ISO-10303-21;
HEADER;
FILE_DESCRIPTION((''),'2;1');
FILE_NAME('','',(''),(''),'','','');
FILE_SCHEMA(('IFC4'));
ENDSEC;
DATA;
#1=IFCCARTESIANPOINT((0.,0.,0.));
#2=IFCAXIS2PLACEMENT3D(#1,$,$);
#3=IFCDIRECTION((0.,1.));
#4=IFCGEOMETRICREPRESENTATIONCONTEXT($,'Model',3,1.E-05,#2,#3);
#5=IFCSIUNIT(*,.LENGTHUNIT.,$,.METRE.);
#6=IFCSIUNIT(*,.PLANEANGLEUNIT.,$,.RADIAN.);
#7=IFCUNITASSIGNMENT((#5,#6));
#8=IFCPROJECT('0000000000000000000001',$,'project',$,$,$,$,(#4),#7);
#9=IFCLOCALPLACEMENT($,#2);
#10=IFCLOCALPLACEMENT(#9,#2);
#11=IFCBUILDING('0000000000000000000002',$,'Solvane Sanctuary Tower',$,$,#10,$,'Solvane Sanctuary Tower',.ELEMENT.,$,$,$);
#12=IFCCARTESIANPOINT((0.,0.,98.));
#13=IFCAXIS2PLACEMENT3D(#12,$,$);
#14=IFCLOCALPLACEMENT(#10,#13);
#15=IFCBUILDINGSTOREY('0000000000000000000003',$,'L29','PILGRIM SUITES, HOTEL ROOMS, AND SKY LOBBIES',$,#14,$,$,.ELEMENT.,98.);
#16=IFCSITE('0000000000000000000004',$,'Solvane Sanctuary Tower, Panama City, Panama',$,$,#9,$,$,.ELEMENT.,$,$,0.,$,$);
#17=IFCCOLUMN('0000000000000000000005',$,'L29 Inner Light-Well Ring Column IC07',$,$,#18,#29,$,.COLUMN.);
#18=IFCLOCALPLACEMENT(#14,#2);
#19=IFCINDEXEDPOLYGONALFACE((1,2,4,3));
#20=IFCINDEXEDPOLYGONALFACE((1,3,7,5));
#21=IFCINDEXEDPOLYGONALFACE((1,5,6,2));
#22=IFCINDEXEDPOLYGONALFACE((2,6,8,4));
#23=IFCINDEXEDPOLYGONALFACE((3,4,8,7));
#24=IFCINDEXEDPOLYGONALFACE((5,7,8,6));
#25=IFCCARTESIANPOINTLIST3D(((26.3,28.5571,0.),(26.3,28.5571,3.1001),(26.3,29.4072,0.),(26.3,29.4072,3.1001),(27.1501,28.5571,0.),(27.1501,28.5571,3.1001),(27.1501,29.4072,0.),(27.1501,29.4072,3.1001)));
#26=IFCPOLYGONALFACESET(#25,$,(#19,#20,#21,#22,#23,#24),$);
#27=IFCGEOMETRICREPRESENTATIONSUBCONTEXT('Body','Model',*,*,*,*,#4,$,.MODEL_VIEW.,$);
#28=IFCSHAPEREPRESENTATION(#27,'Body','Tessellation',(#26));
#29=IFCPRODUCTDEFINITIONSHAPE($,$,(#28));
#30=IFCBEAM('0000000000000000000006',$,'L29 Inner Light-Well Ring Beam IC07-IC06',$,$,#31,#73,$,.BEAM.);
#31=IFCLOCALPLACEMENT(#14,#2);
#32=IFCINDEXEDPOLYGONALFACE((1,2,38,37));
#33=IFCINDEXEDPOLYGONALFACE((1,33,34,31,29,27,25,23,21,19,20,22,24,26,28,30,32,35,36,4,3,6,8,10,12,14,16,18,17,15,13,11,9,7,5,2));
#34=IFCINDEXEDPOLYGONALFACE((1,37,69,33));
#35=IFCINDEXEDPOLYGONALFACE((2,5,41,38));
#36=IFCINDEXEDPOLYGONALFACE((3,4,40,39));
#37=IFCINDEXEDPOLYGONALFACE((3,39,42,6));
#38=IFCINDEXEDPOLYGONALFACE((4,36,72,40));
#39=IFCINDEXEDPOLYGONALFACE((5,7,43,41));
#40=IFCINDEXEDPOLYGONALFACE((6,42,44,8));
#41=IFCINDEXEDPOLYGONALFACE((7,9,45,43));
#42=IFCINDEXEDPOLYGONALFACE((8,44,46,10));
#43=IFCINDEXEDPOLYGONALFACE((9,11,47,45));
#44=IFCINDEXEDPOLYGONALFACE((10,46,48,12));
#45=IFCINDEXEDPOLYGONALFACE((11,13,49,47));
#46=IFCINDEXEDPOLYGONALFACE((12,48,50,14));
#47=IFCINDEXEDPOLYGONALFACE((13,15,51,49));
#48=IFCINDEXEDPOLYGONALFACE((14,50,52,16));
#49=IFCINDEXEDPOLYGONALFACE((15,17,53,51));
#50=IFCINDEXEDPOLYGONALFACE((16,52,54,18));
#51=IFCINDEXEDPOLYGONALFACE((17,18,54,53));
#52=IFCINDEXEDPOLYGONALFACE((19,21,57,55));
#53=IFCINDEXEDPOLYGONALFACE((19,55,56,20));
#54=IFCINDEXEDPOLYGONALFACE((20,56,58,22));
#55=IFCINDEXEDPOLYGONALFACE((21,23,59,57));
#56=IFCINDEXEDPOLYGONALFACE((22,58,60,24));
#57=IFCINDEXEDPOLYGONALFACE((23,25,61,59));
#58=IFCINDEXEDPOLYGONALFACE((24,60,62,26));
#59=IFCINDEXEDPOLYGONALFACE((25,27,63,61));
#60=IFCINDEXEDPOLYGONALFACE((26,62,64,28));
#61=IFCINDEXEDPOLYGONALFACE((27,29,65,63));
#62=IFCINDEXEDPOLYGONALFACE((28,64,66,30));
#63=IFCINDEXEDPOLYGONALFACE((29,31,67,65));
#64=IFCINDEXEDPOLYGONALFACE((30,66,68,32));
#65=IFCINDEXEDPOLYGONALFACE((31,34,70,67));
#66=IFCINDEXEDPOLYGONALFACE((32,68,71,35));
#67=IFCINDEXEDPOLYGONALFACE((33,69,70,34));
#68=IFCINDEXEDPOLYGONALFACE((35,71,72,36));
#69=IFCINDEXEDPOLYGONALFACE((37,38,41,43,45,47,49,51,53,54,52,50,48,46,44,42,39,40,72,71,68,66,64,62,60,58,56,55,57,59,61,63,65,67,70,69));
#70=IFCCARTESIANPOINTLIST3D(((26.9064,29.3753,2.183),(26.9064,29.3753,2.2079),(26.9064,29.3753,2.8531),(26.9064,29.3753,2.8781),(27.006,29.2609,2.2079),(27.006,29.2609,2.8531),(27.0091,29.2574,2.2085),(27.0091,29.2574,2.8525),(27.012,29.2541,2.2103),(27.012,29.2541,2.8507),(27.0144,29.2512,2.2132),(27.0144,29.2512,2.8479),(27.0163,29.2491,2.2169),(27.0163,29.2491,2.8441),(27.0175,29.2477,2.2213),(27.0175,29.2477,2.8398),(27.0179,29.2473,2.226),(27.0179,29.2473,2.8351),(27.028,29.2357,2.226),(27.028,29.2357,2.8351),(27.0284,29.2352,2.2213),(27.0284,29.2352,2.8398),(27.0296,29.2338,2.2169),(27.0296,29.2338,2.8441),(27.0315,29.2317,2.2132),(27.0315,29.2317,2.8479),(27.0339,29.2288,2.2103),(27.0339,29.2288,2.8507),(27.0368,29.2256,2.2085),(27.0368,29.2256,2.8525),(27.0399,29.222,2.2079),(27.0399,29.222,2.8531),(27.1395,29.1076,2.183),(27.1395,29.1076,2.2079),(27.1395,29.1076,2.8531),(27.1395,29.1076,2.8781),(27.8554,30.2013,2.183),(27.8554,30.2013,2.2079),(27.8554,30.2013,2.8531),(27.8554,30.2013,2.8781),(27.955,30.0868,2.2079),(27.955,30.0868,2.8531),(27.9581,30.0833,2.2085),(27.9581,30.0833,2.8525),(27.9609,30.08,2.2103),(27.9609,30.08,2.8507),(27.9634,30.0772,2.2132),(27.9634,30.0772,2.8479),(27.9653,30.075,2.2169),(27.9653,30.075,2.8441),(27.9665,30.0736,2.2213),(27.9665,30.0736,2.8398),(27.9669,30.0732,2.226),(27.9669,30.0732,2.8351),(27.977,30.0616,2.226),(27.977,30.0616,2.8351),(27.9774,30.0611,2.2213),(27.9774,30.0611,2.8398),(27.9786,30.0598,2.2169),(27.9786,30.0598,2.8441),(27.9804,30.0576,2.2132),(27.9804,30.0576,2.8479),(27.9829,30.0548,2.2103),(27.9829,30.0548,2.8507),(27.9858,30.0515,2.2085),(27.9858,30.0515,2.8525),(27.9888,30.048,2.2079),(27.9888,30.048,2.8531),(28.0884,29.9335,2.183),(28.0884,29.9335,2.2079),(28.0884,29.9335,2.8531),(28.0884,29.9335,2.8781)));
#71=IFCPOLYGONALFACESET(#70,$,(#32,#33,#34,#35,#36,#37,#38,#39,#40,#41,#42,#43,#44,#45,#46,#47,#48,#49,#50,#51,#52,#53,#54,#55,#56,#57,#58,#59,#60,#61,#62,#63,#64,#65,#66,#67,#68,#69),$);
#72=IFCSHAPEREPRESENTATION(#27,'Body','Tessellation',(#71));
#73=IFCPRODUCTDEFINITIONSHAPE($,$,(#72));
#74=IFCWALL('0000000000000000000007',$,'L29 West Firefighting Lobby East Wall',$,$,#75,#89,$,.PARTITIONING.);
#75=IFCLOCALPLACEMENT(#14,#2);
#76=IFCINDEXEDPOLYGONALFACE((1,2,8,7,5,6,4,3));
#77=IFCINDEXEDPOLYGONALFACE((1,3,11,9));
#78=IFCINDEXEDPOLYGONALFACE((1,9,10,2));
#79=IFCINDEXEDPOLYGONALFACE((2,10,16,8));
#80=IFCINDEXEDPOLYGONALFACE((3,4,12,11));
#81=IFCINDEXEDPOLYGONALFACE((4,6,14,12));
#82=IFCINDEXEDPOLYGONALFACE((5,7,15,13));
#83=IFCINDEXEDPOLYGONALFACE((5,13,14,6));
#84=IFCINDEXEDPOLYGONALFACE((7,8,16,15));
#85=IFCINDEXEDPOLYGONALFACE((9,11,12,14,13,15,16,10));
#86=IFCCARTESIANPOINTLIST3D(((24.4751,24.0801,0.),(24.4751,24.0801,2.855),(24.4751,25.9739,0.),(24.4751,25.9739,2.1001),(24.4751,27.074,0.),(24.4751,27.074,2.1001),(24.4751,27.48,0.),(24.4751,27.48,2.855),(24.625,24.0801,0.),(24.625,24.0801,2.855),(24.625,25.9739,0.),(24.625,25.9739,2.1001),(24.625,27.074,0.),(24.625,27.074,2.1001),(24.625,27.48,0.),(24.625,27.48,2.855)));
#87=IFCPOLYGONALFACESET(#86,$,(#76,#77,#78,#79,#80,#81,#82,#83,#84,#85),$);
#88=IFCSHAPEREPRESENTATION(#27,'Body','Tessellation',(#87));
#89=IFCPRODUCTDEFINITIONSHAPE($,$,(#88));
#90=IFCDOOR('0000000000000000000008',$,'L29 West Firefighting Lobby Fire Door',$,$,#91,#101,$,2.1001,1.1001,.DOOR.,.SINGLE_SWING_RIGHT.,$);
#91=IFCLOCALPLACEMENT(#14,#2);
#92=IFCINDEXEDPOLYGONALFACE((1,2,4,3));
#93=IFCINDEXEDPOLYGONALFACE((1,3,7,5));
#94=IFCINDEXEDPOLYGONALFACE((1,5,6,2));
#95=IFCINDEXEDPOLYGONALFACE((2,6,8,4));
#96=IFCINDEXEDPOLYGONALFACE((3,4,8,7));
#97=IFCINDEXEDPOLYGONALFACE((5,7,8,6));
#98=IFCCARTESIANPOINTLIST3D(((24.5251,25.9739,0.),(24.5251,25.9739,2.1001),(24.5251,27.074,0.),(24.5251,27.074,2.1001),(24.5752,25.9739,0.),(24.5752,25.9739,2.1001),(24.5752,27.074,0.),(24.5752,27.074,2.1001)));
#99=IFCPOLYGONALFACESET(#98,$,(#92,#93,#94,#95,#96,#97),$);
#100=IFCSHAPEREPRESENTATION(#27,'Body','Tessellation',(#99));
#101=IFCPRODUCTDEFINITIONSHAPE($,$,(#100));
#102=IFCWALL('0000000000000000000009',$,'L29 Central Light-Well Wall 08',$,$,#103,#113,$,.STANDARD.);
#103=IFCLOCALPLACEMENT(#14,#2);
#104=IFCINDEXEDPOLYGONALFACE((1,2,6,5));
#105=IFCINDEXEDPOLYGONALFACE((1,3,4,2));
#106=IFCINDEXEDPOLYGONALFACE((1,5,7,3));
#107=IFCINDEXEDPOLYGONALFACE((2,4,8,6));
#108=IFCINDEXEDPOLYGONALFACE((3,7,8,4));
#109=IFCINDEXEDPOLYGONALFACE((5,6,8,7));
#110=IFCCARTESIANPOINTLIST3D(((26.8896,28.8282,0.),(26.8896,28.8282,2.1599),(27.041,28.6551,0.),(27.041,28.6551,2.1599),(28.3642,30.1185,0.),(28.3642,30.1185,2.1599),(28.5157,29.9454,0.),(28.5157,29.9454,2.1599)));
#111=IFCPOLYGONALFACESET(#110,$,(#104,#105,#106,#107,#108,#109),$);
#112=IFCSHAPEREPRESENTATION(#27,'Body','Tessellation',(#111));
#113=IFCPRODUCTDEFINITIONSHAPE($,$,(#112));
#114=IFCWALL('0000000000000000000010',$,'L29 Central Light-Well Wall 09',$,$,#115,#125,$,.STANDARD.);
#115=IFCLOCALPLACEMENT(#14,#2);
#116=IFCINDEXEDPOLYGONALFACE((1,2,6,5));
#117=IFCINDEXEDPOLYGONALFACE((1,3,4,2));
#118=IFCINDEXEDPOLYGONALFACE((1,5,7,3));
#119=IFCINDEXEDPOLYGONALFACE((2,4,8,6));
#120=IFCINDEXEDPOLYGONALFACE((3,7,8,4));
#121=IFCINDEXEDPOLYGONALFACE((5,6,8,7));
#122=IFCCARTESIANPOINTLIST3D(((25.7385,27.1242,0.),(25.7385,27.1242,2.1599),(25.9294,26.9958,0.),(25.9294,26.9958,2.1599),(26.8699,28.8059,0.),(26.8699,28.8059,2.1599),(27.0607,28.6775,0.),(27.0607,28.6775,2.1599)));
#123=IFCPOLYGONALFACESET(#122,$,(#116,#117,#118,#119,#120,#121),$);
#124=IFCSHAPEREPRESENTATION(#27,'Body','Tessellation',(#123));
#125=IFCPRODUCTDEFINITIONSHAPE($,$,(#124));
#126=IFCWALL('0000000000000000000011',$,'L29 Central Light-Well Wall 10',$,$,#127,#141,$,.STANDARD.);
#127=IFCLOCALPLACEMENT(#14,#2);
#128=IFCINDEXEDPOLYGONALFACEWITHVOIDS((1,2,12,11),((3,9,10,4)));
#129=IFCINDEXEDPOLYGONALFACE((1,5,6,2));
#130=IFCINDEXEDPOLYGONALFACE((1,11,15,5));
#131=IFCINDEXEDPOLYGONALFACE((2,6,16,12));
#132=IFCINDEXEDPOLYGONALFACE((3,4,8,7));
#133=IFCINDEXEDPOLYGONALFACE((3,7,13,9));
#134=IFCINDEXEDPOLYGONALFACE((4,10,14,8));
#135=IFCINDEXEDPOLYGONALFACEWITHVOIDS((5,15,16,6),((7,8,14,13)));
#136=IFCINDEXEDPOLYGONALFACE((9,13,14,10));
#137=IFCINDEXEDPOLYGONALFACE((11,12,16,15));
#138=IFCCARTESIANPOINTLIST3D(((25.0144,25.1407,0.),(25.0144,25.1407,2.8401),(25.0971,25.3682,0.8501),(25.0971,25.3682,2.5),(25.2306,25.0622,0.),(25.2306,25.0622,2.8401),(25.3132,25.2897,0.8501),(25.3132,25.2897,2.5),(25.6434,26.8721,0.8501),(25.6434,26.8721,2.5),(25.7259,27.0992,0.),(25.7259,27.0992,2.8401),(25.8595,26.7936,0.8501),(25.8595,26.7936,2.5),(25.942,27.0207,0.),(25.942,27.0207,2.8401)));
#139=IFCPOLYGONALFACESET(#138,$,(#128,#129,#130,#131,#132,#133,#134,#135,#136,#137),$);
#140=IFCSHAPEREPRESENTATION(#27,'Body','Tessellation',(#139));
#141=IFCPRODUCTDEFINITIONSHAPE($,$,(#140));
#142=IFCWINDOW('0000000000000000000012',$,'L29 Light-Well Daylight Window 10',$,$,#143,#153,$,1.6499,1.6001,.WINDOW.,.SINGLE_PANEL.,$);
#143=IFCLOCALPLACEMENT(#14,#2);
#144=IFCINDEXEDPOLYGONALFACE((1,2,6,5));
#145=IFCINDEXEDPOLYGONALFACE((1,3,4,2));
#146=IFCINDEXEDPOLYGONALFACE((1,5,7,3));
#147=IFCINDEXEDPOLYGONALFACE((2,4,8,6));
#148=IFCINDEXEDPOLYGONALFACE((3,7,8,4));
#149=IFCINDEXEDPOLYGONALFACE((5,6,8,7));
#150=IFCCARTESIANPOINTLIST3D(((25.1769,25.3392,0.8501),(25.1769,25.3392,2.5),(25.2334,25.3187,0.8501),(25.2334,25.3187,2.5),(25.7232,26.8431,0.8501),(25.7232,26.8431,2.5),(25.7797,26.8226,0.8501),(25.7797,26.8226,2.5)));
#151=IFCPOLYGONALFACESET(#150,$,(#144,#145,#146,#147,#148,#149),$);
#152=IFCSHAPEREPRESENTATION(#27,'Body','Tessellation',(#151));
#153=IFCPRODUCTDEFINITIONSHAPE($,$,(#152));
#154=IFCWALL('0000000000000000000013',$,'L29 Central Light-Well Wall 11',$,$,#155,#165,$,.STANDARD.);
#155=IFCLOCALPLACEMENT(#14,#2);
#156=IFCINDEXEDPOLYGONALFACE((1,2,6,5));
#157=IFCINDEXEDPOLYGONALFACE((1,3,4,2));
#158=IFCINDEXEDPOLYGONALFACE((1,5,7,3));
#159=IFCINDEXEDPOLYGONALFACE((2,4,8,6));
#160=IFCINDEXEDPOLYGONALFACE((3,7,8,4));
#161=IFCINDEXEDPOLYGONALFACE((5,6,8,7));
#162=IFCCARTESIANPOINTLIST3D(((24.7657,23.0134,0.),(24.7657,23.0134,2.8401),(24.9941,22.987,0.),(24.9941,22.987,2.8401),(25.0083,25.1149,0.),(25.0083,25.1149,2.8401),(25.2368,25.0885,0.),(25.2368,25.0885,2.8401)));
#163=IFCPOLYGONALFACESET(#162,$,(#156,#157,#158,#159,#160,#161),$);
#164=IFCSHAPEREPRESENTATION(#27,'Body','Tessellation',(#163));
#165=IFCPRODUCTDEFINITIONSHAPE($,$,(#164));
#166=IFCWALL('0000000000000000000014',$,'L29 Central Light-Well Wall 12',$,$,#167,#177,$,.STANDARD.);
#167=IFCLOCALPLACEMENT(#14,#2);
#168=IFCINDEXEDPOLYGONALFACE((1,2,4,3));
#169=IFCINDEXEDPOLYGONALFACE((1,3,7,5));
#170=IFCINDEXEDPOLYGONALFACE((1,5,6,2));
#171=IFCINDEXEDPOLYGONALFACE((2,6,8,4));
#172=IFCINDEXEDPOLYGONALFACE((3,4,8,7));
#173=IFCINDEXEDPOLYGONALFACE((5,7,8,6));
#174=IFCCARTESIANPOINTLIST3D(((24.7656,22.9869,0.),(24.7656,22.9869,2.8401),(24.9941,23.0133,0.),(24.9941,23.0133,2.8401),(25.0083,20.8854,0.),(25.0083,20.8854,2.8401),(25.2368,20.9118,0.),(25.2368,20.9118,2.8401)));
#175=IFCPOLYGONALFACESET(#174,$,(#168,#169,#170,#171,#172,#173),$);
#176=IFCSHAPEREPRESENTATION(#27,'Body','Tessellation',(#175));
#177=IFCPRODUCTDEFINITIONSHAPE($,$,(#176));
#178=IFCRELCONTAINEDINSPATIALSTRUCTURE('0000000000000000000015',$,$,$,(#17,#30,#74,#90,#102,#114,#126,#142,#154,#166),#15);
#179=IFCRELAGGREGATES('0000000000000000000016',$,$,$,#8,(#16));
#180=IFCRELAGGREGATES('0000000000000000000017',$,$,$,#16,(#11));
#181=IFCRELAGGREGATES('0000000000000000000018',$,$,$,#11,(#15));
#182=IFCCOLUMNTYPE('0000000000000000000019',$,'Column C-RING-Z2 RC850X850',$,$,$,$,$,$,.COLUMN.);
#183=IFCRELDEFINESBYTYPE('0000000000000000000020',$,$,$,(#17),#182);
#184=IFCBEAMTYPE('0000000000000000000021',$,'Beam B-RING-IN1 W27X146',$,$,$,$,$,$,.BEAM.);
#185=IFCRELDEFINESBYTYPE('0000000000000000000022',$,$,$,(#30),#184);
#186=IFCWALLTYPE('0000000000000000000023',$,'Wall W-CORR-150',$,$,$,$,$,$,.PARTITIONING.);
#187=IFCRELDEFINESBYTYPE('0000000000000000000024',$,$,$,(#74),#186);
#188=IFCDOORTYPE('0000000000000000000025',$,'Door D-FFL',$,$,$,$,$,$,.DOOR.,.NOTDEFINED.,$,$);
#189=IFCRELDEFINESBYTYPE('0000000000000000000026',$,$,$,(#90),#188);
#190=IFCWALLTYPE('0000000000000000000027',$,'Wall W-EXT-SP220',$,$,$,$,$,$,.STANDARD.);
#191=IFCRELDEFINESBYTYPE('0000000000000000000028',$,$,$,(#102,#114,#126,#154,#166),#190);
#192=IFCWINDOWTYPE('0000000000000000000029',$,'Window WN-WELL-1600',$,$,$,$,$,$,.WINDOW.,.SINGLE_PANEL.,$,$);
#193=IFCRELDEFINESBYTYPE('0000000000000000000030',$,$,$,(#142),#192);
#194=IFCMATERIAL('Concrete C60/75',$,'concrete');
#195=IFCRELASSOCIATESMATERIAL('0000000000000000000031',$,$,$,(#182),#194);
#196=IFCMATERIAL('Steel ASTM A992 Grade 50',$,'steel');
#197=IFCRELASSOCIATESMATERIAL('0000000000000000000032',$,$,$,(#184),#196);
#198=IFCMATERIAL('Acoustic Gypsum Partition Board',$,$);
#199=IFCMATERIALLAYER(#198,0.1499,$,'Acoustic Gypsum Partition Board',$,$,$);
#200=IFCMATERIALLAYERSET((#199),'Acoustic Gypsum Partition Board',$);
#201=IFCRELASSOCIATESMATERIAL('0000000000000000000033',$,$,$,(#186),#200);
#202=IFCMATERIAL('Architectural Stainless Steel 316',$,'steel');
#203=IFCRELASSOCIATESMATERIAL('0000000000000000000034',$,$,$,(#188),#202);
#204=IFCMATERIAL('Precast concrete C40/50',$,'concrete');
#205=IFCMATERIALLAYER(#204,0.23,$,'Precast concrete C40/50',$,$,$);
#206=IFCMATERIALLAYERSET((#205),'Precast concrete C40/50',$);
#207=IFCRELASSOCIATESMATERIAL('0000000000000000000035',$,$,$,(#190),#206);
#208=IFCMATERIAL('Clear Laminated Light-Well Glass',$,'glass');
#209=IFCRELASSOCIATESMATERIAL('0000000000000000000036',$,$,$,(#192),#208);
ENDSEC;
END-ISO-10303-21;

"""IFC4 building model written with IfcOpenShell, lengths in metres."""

from ifc_helpers import new_model, si_unit, direction, frame, frame_2d, origin, origin_2d, place, context, subcontext, project, spatial, rectangle, i_section, extrude, material, layer, layer_set, material_profile, profile_set, type_object, element, fill, save


model = new_model("IFC4")

# Units and contexts
model_context = context("Model", 3, precision=1e-05, world=origin(), true_north=direction((0.0, 1.0)))
body_context = subcontext(model_context, "Body", "Model", "MODEL_VIEW")
ifc_project = project(units=[si_unit("LENGTHUNIT", "METRE"), si_unit("PLANEANGLEUNIT", "RADIAN")], contexts=[model_context])

# Site, building, storey
site_placement = place(None, origin())
site = spatial("IfcSite", under=ifc_project, at=site_placement, Name="Solvane Sanctuary Tower, Panama City, Panama", CompositionType="ELEMENT", RefElevation=0.0)
building_placement = place(site_placement, origin())
building = spatial("IfcBuilding", under=site, at=building_placement, Name="Solvane Sanctuary Tower", LongName="Solvane Sanctuary Tower", CompositionType="ELEMENT")
storey_placement = place(building_placement, frame((0.0, 0.0, 98.0)))
storey = spatial("IfcBuildingStorey", under=building, at=storey_placement, Name="L29", Description="PILGRIM SUITES, HOTEL ROOMS, AND SKY LOBBIES", CompositionType="ELEMENT", Elevation=98.0)

# Column
ifc_material_1 = material(Name="Concrete C60/75", Category="concrete")
ifc_material_profile_1 = material_profile(ifc_material_1, rectangle(XDim=0.8501, YDim=0.8501, at=origin_2d()), Name="RC850X850")
ifc_profile_set_1 = profile_set([ifc_material_profile_1], Name="Concrete C60/75")
column_type = type_object("IfcColumnType", Name="Column C-RING-Z2 RC850X850", PredefinedType="COLUMN", material=ifc_profile_set_1)
column_placement = place(storey_placement, frame((26.7251, 28.9822, 0.0), z_axis=(0.0, 0.0, 1.0), x_axis=(1.0, 0.0, 0.0)))
element("IfcColumn", 1, at=column_placement, inside=storey, type_object=column_type, Name="L29 Inner Light-Well Ring Column IC07", PredefinedType="COLUMN", context=body_context, shape_type="SweptSolid", body=[
    extrude(rectangle(XDim=0.8501, YDim=0.8501, at=origin_2d()), origin(), (0.0, 0.0, 1.0), 3.1001),
])

# Beam
ifc_material_2 = material(Name="Steel ASTM A992 Grade 50", Category="steel")
ifc_material_profile_2 = material_profile(ifc_material_2, i_section(OverallWidth=0.355, OverallDepth=0.6951, WebThickness=0.0154, FlangeThickness=0.0249, FilletRadius=0.0181, at=origin_2d()), Name="W27X146")
ifc_profile_set_2 = profile_set([ifc_material_profile_2], Name="Steel ASTM A992 Grade 50")
beam_type = type_object("IfcBeamType", Name="Beam B-RING-IN1 W27X146", PredefinedType="BEAM", material=ifc_profile_set_2)
beam_placement = place(storey_placement, frame((27.0229, 29.2415, 2.5305), z_axis=(0.754317, 0.65651, 0.0), x_axis=(-0.65651, 0.754317, 0.0)))
element("IfcBeam", 2, at=beam_placement, inside=storey, type_object=beam_type, Name="L29 Inner Light-Well Ring Beam IC07-IC06", PredefinedType="BEAM", context=body_context, shape_type="SweptSolid", body=[
    extrude(i_section(OverallWidth=0.355, OverallDepth=0.6951, WebThickness=0.0154, FlangeThickness=0.0249, FilletRadius=0.0181, at=origin_2d()), origin(), (0.0, 0.0, 1.0), 1.2581),
])

# Wall, opening, door
ifc_material_3 = material(Name="Acoustic Gypsum Partition Board")
ifc_layer_1 = layer(ifc_material_3, 0.1499, Name="Acoustic Gypsum Partition Board")
ifc_layer_set_1 = layer_set([ifc_layer_1], Name="Acoustic Gypsum Partition Board")
wall_type_1 = type_object("IfcWallType", Name="Wall W-CORR-150", PredefinedType="PARTITIONING", material=ifc_layer_set_1)
wall_1_placement = place(storey_placement, frame((24.55, 24.0801, 0.0), z_axis=(0.0, 0.0, 1.0), x_axis=(0.0, 1.0, 0.0)))
wall_1 = element("IfcWall", 3, at=wall_1_placement, inside=storey, type_object=wall_type_1, Name="L29 West Firefighting Lobby East Wall", PredefinedType="PARTITIONING", context=body_context, shape_type="SweptSolid", body=[
    extrude(rectangle(XDim=3.3999, YDim=0.1499, at=frame_2d((1.7, 0.0))), origin(), (0.0, 0.0, 1.0), 2.855),
])
opening_1_placement = place(wall_1_placement, frame((1.8938, 0.0, 0.0)))
opening_1 = element("IfcOpeningElement", 4, at=opening_1_placement, cuts=wall_1, PredefinedType="OPENING", context=body_context, shape_type="SweptSolid", body=[
    extrude(rectangle(XDim=1.1001, YDim=2.1001, at=frame_2d((0.55, 1.05))), frame((0.0, 0.085, 0.0), z_axis=(0.0, -1.0, 0.0), x_axis=(1.0, 0.0, 0.0)), (0.0, 0.0, 1.0), 0.1699),
])
ifc_material_4 = material(Name="Architectural Stainless Steel 316", Category="steel")
door_type_1 = type_object("IfcDoorType", Name="Door D-FFL", OperationType="NOTDEFINED", PredefinedType="DOOR", material=ifc_material_4)
door_1_placement = place(opening_1_placement, origin())
door_1 = element("IfcDoor", 5, at=door_1_placement, inside=storey, type_object=door_type_1, Name="L29 West Firefighting Lobby Fire Door", OperationType="SINGLE_SWING_RIGHT", OverallHeight=2.1001, OverallWidth=1.1001, PredefinedType="DOOR", context=body_context, shape_type="SweptSolid", body=[
    extrude(rectangle(XDim=1.1001, YDim=2.1001, at=frame_2d((0.55, 1.05))), frame((0.0, 0.0249, 0.0), z_axis=(0.0, -1.0, 0.0), x_axis=(1.0, 0.0, 0.0)), (0.0, 0.0, 1.0), 0.05),
])
fill(opening_1, door_1)

# Walls
ifc_material_5 = material(Name="Precast concrete C40/50", Category="concrete")
ifc_layer_2 = layer(ifc_material_5, 0.23, Name="Precast concrete C40/50")
ifc_layer_set_2 = layer_set([ifc_layer_2], Name="Precast concrete C40/50")
wall_type_2 = type_object("IfcWallType", Name="Wall W-EXT-SP220", PredefinedType="STANDARD", material=ifc_layer_set_2)
wall_2_placement = place(storey_placement, frame((28.4399, 30.032, 0.0), z_axis=(0.0, 0.0, 1.0), x_axis=(-0.752577, -0.658505, 0.0)))
element("IfcWall", 6, at=wall_2_placement, inside=storey, type_object=wall_type_2, Name="L29 Central Light-Well Wall 08", PredefinedType="STANDARD", context=body_context, shape_type="SweptSolid", body=[
    extrude(rectangle(XDim=1.9595, YDim=0.23, at=frame_2d((0.9797, 0.0))), origin(), (0.0, 0.0, 1.0), 2.1599),
])
wall_3_placement = place(storey_placement, frame((26.9653, 28.7417, 0.0), z_axis=(0.0, 0.0, 1.0), x_axis=(-0.558198, -0.829708, 0.0)))
element("IfcWall", 7, at=wall_3_placement, inside=storey, type_object=wall_type_2, Name="L29 Central Light-Well Wall 09", PredefinedType="STANDARD", context=body_context, shape_type="SweptSolid", body=[
    extrude(rectangle(XDim=2.0269, YDim=0.23, at=frame_2d((1.0134, 0.0))), origin(), (0.0, 0.0, 1.0), 2.1599),
])

# Wall, opening, window
wall_4_placement = place(storey_placement, frame((25.834, 27.0601, 0.0), z_axis=(0.0, 0.0, 1.0), x_axis=(-0.341423, -0.93991, 0.0)))
wall_4 = element("IfcWall", 8, at=wall_4_placement, inside=storey, type_object=wall_type_2, Name="L29 Central Light-Well Wall 10", PredefinedType="STANDARD", context=body_context, shape_type="SweptSolid", body=[
    extrude(rectangle(XDim=2.0837, YDim=0.23, at=frame_2d((1.042, 0.0))), origin(), (0.0, 0.0, 1.0), 2.8401),
])
opening_2_placement = place(wall_4_placement, frame((0.2417, 0.0, 0.8501)))
opening_2 = element("IfcOpeningElement", 9, at=opening_2_placement, cuts=wall_4, PredefinedType="OPENING", context=body_context, shape_type="SweptSolid", body=[
    extrude(rectangle(XDim=1.6001, YDim=1.6499, at=frame_2d((0.8, 0.825))), frame((0.0, 0.125, 0.0), z_axis=(0.0, -1.0, 0.0), x_axis=(1.0, 0.0, 0.0)), (0.0, 0.0, 1.0), 0.25),
])
ifc_material_6 = material(Name="Clear Laminated Light-Well Glass", Category="glass")
window_type = type_object("IfcWindowType", Name="Window WN-WELL-1600", PartitioningType="SINGLE_PANEL", PredefinedType="WINDOW", material=ifc_material_6)
window_placement = place(opening_2_placement, origin())
window = element("IfcWindow", 10, at=window_placement, inside=storey, type_object=window_type, Name="L29 Light-Well Daylight Window 10", OverallHeight=1.6499, OverallWidth=1.6001, PartitioningType="SINGLE_PANEL", PredefinedType="WINDOW", context=body_context, shape_type="SweptSolid", body=[
    extrude(rectangle(XDim=1.6001, YDim=1.6499, at=frame_2d((0.8, 0.825))), frame((0.0, 0.03, 0.0), z_axis=(0.0, -1.0, 0.0), x_axis=(1.0, 0.0, 0.0)), (0.0, 0.0, 1.0), 0.0601),
])
fill(opening_2, window)

# Walls
for number, where, z_axis, x_axis, name in (
    (11, (25.1226, 25.1016, 0.0), (0.0, 0.0, 1.0), (-0.114712, -0.993399, 0.0), "L29 Central Light-Well Wall 11"),
    (12, (24.8799, 23.0, 0.0), (0.0, 0.0, 1.0), (0.114712, -0.993399, 0.0), "L29 Central Light-Well Wall 12"),
):
    element("IfcWall", number, at=place(storey_placement, frame(where, z_axis=z_axis, x_axis=x_axis)), inside=storey, type_object=wall_type_2, Name=name, PredefinedType="STANDARD", context=body_context, shape_type="SweptSolid", body=[
        extrude(rectangle(XDim=2.1155, YDim=0.23, at=frame_2d((1.0576, 0.0))), origin(), (0.0, 0.0, 1.0), 2.8401),
    ])

save(model, "model.ifc")
